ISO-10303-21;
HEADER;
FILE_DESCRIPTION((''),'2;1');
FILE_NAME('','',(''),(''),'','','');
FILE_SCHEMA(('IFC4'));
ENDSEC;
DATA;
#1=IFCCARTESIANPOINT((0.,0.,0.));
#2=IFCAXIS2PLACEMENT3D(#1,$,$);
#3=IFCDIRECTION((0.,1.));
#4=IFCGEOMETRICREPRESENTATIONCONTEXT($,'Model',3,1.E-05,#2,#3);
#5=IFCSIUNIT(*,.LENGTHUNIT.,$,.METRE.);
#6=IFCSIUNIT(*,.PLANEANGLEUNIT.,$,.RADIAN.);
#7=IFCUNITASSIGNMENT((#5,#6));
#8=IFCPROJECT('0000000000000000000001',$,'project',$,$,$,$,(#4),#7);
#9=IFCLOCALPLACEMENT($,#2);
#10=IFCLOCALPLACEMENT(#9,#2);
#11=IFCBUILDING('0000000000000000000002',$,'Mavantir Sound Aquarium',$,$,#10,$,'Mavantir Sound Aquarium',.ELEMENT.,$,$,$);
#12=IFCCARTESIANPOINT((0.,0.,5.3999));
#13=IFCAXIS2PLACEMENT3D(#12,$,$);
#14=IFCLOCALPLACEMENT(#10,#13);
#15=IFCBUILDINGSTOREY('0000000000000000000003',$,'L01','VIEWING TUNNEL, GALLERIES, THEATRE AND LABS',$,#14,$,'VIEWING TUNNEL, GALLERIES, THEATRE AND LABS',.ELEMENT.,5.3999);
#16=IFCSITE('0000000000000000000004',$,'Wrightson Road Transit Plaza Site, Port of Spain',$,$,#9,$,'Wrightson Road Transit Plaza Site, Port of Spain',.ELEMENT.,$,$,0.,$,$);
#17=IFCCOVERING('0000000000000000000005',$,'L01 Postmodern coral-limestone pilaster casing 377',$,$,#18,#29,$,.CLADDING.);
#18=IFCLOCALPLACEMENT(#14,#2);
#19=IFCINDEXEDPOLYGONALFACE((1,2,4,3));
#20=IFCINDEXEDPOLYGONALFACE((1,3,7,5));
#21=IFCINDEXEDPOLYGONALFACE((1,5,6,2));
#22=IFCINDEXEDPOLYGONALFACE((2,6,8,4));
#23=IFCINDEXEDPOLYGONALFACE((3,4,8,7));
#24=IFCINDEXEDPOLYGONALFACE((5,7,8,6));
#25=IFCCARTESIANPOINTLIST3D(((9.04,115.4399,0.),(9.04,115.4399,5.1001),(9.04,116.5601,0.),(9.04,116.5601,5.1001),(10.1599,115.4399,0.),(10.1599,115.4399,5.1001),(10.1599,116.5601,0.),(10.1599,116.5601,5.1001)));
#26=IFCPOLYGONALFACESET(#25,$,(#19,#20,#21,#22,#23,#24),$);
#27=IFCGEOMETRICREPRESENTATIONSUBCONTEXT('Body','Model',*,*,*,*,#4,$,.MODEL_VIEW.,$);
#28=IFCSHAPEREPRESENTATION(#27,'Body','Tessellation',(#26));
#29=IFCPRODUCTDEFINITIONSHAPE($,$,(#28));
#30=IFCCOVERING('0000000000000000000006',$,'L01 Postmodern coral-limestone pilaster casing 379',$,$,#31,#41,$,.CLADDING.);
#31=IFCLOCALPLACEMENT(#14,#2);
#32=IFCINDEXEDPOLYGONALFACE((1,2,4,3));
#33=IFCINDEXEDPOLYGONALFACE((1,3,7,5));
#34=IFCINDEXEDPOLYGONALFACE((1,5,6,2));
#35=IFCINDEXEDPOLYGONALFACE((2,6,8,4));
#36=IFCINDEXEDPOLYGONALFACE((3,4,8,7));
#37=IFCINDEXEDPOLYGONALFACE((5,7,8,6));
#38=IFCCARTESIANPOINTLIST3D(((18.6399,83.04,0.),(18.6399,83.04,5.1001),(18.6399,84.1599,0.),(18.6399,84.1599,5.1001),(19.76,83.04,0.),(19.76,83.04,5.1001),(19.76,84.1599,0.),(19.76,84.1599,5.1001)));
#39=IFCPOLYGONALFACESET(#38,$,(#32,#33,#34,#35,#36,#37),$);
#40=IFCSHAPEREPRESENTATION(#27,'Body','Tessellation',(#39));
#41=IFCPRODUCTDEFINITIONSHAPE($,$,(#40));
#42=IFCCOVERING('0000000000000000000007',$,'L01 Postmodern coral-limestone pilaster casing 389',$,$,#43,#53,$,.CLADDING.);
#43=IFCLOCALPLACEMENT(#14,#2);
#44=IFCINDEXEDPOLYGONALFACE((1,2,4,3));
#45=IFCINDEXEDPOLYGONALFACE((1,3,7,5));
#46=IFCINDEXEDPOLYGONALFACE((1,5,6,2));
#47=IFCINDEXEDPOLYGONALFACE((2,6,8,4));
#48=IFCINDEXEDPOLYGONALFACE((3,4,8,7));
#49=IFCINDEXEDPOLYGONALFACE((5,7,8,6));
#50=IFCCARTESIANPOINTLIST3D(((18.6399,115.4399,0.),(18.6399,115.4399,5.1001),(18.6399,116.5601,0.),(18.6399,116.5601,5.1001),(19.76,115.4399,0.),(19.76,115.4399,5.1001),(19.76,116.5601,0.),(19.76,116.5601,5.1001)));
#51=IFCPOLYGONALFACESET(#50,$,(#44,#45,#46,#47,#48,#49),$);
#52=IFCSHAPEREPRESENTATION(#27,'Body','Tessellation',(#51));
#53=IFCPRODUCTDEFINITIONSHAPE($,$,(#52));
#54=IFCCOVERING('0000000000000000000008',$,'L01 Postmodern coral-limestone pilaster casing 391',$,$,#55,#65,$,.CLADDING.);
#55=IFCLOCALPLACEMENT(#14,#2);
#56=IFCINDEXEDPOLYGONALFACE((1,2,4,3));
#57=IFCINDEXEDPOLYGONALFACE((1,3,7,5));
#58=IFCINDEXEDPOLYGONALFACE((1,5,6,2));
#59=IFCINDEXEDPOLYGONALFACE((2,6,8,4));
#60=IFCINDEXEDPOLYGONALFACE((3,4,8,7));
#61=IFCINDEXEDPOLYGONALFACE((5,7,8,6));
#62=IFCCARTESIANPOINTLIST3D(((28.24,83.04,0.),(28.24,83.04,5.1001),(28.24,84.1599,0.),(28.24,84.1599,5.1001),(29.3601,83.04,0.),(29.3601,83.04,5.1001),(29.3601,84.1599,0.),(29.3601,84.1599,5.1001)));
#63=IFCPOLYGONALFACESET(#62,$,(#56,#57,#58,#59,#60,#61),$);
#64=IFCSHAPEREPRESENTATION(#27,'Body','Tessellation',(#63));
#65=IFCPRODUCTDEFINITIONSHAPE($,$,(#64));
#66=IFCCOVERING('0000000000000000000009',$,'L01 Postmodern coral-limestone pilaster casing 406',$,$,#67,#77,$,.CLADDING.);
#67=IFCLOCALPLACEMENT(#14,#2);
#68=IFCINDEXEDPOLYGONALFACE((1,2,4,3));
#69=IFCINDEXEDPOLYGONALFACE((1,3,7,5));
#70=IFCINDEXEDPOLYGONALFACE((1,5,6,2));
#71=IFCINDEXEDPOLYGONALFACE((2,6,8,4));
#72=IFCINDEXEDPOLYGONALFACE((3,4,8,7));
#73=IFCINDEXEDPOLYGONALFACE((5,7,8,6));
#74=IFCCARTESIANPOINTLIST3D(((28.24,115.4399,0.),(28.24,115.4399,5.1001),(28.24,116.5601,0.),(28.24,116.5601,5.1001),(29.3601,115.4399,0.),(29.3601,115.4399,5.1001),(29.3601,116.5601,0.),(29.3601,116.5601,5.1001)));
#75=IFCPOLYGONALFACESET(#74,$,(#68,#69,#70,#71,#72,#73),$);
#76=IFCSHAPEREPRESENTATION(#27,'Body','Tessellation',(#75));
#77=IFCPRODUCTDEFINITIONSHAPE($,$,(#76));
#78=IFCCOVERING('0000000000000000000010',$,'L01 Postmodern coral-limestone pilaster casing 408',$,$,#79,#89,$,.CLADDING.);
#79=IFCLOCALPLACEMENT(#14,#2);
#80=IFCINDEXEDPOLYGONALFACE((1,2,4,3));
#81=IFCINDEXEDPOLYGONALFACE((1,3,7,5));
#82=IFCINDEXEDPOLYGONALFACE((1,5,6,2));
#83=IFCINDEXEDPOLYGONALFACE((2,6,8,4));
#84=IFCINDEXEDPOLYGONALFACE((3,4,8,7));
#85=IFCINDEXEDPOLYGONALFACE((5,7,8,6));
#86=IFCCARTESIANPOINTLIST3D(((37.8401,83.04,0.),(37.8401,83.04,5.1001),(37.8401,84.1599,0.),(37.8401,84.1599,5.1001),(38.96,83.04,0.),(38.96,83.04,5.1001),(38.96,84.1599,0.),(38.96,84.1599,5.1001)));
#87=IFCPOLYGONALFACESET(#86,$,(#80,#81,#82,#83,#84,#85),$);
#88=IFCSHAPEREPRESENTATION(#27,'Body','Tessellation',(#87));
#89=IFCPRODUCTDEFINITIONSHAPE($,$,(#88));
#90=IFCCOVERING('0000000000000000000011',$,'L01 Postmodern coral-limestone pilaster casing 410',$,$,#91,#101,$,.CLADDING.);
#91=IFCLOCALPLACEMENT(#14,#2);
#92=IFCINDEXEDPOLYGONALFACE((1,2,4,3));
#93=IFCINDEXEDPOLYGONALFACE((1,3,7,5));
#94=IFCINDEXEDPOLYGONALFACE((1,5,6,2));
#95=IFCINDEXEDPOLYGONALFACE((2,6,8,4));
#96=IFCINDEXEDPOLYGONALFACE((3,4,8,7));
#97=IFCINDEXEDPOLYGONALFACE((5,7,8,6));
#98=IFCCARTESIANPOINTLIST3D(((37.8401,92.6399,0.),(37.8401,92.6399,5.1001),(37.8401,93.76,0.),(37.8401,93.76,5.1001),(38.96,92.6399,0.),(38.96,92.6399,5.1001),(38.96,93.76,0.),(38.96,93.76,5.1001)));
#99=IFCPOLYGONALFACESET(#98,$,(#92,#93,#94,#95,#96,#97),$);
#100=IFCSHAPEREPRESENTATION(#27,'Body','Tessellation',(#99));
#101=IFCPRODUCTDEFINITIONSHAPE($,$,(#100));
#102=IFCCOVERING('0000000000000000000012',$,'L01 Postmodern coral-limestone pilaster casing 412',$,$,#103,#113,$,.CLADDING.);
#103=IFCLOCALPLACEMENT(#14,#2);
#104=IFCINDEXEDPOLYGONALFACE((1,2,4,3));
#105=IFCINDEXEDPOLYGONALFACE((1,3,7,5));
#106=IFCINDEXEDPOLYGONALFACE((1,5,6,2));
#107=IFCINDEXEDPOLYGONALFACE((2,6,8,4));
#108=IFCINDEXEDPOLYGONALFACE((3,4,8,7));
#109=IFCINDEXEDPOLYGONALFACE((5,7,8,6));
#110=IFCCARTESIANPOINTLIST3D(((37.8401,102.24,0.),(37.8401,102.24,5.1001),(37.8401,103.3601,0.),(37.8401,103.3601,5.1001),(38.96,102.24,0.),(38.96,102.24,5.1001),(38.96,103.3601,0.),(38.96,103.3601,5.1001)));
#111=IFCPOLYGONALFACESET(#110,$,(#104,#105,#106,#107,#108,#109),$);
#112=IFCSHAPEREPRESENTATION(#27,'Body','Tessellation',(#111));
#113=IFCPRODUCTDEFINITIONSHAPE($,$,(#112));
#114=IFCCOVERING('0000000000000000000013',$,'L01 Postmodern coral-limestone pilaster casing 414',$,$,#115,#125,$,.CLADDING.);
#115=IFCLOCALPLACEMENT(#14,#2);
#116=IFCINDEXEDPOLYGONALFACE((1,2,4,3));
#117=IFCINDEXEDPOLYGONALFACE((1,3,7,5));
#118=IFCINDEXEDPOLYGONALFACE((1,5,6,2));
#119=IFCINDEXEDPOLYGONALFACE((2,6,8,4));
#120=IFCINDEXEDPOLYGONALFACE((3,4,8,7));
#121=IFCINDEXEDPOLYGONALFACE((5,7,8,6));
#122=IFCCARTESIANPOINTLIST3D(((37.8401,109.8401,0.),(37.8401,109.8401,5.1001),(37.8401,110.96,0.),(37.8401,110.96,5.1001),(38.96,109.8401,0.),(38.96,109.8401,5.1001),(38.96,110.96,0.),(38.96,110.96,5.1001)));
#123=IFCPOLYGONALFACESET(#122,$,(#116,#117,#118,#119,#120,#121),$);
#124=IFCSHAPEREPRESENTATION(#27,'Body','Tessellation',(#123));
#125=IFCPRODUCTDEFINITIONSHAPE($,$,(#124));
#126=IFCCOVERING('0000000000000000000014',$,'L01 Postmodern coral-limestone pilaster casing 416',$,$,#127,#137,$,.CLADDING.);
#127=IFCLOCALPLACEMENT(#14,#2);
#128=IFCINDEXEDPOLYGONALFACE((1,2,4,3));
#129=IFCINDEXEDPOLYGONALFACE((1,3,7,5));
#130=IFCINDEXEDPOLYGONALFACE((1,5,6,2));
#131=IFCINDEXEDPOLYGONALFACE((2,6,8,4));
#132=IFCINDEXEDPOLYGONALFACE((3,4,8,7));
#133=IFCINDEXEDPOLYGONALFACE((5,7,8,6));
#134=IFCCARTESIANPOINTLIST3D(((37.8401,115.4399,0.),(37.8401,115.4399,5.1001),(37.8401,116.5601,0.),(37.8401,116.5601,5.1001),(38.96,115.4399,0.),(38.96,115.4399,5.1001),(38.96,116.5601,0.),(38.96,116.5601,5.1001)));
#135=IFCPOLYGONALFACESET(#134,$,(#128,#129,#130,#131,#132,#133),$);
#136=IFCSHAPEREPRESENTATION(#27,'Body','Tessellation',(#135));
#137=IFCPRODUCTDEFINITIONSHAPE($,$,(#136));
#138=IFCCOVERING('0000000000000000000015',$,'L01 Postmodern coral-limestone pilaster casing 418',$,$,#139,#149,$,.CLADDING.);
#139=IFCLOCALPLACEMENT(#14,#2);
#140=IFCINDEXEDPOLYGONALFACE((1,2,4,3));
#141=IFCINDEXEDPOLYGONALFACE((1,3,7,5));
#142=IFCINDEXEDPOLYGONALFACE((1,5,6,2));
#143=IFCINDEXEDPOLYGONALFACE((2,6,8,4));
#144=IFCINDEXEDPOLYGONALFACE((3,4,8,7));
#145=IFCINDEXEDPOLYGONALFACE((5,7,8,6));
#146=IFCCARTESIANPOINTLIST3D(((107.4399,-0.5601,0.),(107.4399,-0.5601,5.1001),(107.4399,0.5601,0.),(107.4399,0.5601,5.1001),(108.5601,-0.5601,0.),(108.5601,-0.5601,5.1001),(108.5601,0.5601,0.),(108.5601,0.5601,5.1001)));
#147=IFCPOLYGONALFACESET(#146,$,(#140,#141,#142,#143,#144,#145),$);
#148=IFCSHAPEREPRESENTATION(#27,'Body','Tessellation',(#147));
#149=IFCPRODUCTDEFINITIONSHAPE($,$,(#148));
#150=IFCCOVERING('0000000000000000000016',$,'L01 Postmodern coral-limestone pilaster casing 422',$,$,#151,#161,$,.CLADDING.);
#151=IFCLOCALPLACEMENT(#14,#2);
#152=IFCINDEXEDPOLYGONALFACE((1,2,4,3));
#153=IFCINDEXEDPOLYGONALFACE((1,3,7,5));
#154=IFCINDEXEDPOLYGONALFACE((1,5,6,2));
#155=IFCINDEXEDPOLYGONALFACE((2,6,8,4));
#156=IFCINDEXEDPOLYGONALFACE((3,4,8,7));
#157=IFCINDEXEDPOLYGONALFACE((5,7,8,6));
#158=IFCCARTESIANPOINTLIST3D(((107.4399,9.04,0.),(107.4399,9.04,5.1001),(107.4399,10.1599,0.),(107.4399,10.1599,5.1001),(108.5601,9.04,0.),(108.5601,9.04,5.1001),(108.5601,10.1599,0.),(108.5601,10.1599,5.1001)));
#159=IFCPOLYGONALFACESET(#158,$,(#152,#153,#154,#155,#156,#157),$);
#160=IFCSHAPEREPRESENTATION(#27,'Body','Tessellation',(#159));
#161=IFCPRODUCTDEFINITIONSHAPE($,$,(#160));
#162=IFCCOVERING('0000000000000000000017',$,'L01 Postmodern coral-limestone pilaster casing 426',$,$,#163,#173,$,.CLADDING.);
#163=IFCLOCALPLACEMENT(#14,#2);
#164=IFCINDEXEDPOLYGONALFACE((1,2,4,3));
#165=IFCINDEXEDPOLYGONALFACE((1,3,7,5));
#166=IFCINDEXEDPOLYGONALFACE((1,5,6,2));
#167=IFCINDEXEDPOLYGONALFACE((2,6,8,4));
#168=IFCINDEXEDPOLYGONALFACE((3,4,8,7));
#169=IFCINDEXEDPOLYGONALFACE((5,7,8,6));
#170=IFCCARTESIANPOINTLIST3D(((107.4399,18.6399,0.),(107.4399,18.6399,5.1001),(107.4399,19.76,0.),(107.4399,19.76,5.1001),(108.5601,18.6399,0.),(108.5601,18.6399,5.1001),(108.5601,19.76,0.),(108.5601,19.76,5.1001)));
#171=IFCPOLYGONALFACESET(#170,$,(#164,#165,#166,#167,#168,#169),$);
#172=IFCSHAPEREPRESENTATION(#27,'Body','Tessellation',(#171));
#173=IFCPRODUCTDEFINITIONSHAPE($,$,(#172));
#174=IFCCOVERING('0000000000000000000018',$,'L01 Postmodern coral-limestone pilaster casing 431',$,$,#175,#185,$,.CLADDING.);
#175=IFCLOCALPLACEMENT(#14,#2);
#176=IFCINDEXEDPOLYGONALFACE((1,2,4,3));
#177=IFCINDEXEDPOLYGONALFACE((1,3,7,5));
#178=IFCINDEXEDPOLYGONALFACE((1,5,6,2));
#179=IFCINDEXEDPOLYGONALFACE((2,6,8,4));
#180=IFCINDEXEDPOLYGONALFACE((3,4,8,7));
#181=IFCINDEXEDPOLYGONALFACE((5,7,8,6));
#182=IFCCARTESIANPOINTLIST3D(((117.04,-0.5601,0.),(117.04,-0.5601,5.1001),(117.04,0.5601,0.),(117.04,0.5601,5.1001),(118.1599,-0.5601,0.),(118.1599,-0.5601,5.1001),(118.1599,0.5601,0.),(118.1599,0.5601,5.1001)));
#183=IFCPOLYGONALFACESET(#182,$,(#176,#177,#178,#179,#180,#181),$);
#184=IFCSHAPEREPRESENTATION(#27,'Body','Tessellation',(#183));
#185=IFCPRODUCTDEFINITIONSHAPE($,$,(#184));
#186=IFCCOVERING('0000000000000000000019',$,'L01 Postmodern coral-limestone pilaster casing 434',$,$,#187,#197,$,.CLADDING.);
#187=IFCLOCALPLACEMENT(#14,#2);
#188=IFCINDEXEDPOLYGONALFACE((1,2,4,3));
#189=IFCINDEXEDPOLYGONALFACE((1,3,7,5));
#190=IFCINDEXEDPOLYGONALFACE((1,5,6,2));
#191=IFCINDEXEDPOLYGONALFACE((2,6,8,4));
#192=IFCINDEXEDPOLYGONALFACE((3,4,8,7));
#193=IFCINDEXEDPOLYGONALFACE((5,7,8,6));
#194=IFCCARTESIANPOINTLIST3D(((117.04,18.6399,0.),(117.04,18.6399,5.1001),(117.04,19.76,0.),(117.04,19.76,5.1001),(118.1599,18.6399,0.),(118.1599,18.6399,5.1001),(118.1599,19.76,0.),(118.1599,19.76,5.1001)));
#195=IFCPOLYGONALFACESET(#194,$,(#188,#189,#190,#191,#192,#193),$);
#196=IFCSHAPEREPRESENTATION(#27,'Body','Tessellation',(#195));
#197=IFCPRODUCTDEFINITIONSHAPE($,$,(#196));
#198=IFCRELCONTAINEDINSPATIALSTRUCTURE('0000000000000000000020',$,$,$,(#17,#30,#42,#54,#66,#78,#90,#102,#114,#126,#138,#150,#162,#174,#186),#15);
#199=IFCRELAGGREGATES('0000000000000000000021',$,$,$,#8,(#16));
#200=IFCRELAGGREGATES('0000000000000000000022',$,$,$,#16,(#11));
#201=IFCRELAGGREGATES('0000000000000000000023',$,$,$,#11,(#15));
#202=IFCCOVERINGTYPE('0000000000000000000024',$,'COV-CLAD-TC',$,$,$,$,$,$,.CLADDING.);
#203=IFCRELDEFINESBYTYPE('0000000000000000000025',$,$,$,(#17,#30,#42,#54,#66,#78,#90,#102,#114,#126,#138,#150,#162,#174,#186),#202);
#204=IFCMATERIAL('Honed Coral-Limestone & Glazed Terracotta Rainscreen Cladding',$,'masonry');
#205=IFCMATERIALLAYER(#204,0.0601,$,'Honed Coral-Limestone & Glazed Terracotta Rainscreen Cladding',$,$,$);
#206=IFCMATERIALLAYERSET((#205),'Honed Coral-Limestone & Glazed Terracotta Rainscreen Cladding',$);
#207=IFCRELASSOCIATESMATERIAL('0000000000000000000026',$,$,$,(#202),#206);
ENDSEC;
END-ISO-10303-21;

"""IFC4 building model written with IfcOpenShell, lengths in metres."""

from ifc_helpers import new_model, si_unit, direction, frame, origin, place, context, subcontext, project, spatial, polyline, outline, extrude, material, layer, layer_set, type_object, element, save


model = new_model("IFC4")

# Units and contexts
model_context = context("Model", 3, precision=1e-05, world=origin(), true_north=direction((0.0, 1.0)))
body_context = subcontext(model_context, "Body", "Model", "MODEL_VIEW")
ifc_project = project(units=[si_unit("LENGTHUNIT", "METRE"), si_unit("PLANEANGLEUNIT", "RADIAN")], contexts=[model_context])

# Site, building, storey
site_placement = place(None, origin())
site = spatial("IfcSite", under=ifc_project, at=site_placement, Name="Wrightson Road Transit Plaza Site, Port of Spain", LongName="Wrightson Road Transit Plaza Site, Port of Spain", CompositionType="ELEMENT", RefElevation=0.0)
building_placement = place(site_placement, origin())
building = spatial("IfcBuilding", under=site, at=building_placement, Name="Mavantir Sound Aquarium", LongName="Mavantir Sound Aquarium", CompositionType="ELEMENT")
storey_placement = place(building_placement, frame((0.0, 0.0, 5.3999)))
storey = spatial("IfcBuildingStorey", under=building, at=storey_placement, Name="L01", Description="VIEWING TUNNEL, GALLERIES, THEATRE AND LABS", LongName="VIEWING TUNNEL, GALLERIES, THEATRE AND LABS", CompositionType="ELEMENT", Elevation=5.3999)

# Coverings
ifc_material = material(Name="Honed Coral-Limestone & Glazed Terracotta Rainscreen Cladding", Category="masonry")
ifc_layer = layer(ifc_material, 0.0601, Name="Honed Coral-Limestone & Glazed Terracotta Rainscreen Cladding")
ifc_layer_set = layer_set([ifc_layer], Name="Honed Coral-Limestone & Glazed Terracotta Rainscreen Cladding")
covering_type = type_object("IfcCoveringType", Name="COV-CLAD-TC", PredefinedType="CLADDING", material=ifc_layer_set)
covering_1_placement = place(storey_placement, origin())
element("IfcCovering", 1, at=covering_1_placement, inside=storey, type_object=covering_type, Name="L01 Postmodern coral-limestone pilaster casing 377", PredefinedType="CLADDING", context=body_context, shape_type="SweptSolid", body=[
    extrude(outline(polyline([(9.04, 115.4399), (10.1599, 115.4399), (10.1599, 116.5601), (9.04, 116.5601), (9.04, 115.4399)])), origin(), (0.0, 0.0, 1.0), 5.1001),
])
covering_2_placement = place(storey_placement, origin())
element("IfcCovering", 2, at=covering_2_placement, inside=storey, type_object=covering_type, Name="L01 Postmodern coral-limestone pilaster casing 379", PredefinedType="CLADDING", context=body_context, shape_type="SweptSolid", body=[
    extrude(outline(polyline([(18.6399, 83.04), (19.76, 83.04), (19.76, 84.1599), (18.6399, 84.1599), (18.6399, 83.04)])), origin(), (0.0, 0.0, 1.0), 5.1001),
])
covering_3_placement = place(storey_placement, origin())
element("IfcCovering", 3, at=covering_3_placement, inside=storey, type_object=covering_type, Name="L01 Postmodern coral-limestone pilaster casing 389", PredefinedType="CLADDING", context=body_context, shape_type="SweptSolid", body=[
    extrude(outline(polyline([(18.6399, 115.4399), (19.76, 115.4399), (19.76, 116.5601), (18.6399, 116.5601), (18.6399, 115.4399)])), origin(), (0.0, 0.0, 1.0), 5.1001),
])
covering_4_placement = place(storey_placement, origin())
element("IfcCovering", 4, at=covering_4_placement, inside=storey, type_object=covering_type, Name="L01 Postmodern coral-limestone pilaster casing 391", PredefinedType="CLADDING", context=body_context, shape_type="SweptSolid", body=[
    extrude(outline(polyline([(28.24, 83.04), (29.3601, 83.04), (29.3601, 84.1599), (28.24, 84.1599), (28.24, 83.04)])), origin(), (0.0, 0.0, 1.0), 5.1001),
])
covering_5_placement = place(storey_placement, origin())
element("IfcCovering", 5, at=covering_5_placement, inside=storey, type_object=covering_type, Name="L01 Postmodern coral-limestone pilaster casing 406", PredefinedType="CLADDING", context=body_context, shape_type="SweptSolid", body=[
    extrude(outline(polyline([(28.24, 115.4399), (29.3601, 115.4399), (29.3601, 116.5601), (28.24, 116.5601), (28.24, 115.4399)])), origin(), (0.0, 0.0, 1.0), 5.1001),
])
covering_6_placement = place(storey_placement, origin())
element("IfcCovering", 6, at=covering_6_placement, inside=storey, type_object=covering_type, Name="L01 Postmodern coral-limestone pilaster casing 408", PredefinedType="CLADDING", context=body_context, shape_type="SweptSolid", body=[
    extrude(outline(polyline([(37.8401, 83.04), (38.96, 83.04), (38.96, 84.1599), (37.8401, 84.1599), (37.8401, 83.04)])), origin(), (0.0, 0.0, 1.0), 5.1001),
])
covering_7_placement = place(storey_placement, origin())
element("IfcCovering", 7, at=covering_7_placement, inside=storey, type_object=covering_type, Name="L01 Postmodern coral-limestone pilaster casing 410", PredefinedType="CLADDING", context=body_context, shape_type="SweptSolid", body=[
    extrude(outline(polyline([(37.8401, 92.6399), (38.96, 92.6399), (38.96, 93.76), (37.8401, 93.76), (37.8401, 92.6399)])), origin(), (0.0, 0.0, 1.0), 5.1001),
])
covering_8_placement = place(storey_placement, origin())
element("IfcCovering", 8, at=covering_8_placement, inside=storey, type_object=covering_type, Name="L01 Postmodern coral-limestone pilaster casing 412", PredefinedType="CLADDING", context=body_context, shape_type="SweptSolid", body=[
    extrude(outline(polyline([(37.8401, 102.24), (38.96, 102.24), (38.96, 103.3601), (37.8401, 103.3601), (37.8401, 102.24)])), origin(), (0.0, 0.0, 1.0), 5.1001),
])
covering_9_placement = place(storey_placement, origin())
element("IfcCovering", 9, at=covering_9_placement, inside=storey, type_object=covering_type, Name="L01 Postmodern coral-limestone pilaster casing 414", PredefinedType="CLADDING", context=body_context, shape_type="SweptSolid", body=[
    extrude(outline(polyline([(37.8401, 109.8401), (38.96, 109.8401), (38.96, 110.96), (37.8401, 110.96), (37.8401, 109.8401)])), origin(), (0.0, 0.0, 1.0), 5.1001),
])
covering_10_placement = place(storey_placement, origin())
element("IfcCovering", 10, at=covering_10_placement, inside=storey, type_object=covering_type, Name="L01 Postmodern coral-limestone pilaster casing 416", PredefinedType="CLADDING", context=body_context, shape_type="SweptSolid", body=[
    extrude(outline(polyline([(37.8401, 115.4399), (38.96, 115.4399), (38.96, 116.5601), (37.8401, 116.5601), (37.8401, 115.4399)])), origin(), (0.0, 0.0, 1.0), 5.1001),
])
covering_11_placement = place(storey_placement, origin())
element("IfcCovering", 11, at=covering_11_placement, inside=storey, type_object=covering_type, Name="L01 Postmodern coral-limestone pilaster casing 418", PredefinedType="CLADDING", context=body_context, shape_type="SweptSolid", body=[
    extrude(outline(polyline([(107.4399, -0.5601), (108.5601, -0.5601), (108.5601, 0.5601), (107.4399, 0.5601), (107.4399, -0.5601)])), origin(), (0.0, 0.0, 1.0), 5.1001),
])
covering_12_placement = place(storey_placement, origin())
element("IfcCovering", 12, at=covering_12_placement, inside=storey, type_object=covering_type, Name="L01 Postmodern coral-limestone pilaster casing 422", PredefinedType="CLADDING", context=body_context, shape_type="SweptSolid", body=[
    extrude(outline(polyline([(107.4399, 9.04), (108.5601, 9.04), (108.5601, 10.1599), (107.4399, 10.1599), (107.4399, 9.04)])), origin(), (0.0, 0.0, 1.0), 5.1001),
])
covering_13_placement = place(storey_placement, origin())
element("IfcCovering", 13, at=covering_13_placement, inside=storey, type_object=covering_type, Name="L01 Postmodern coral-limestone pilaster casing 426", PredefinedType="CLADDING", context=body_context, shape_type="SweptSolid", body=[
    extrude(outline(polyline([(107.4399, 18.6399), (108.5601, 18.6399), (108.5601, 19.76), (107.4399, 19.76), (107.4399, 18.6399)])), origin(), (0.0, 0.0, 1.0), 5.1001),
])
covering_14_placement = place(storey_placement, origin())
element("IfcCovering", 14, at=covering_14_placement, inside=storey, type_object=covering_type, Name="L01 Postmodern coral-limestone pilaster casing 431", PredefinedType="CLADDING", context=body_context, shape_type="SweptSolid", body=[
    extrude(outline(polyline([(117.04, -0.5601), (118.1599, -0.5601), (118.1599, 0.5601), (117.04, 0.5601), (117.04, -0.5601)])), origin(), (0.0, 0.0, 1.0), 5.1001),
])
covering_15_placement = place(storey_placement, origin())
element("IfcCovering", 15, at=covering_15_placement, inside=storey, type_object=covering_type, Name="L01 Postmodern coral-limestone pilaster casing 434", PredefinedType="CLADDING", context=body_context, shape_type="SweptSolid", body=[
    extrude(outline(polyline([(117.04, 18.6399), (118.1599, 18.6399), (118.1599, 19.76), (117.04, 19.76), (117.04, 18.6399)])), origin(), (0.0, 0.0, 1.0), 5.1001),
])

save(model, "model.ifc")
